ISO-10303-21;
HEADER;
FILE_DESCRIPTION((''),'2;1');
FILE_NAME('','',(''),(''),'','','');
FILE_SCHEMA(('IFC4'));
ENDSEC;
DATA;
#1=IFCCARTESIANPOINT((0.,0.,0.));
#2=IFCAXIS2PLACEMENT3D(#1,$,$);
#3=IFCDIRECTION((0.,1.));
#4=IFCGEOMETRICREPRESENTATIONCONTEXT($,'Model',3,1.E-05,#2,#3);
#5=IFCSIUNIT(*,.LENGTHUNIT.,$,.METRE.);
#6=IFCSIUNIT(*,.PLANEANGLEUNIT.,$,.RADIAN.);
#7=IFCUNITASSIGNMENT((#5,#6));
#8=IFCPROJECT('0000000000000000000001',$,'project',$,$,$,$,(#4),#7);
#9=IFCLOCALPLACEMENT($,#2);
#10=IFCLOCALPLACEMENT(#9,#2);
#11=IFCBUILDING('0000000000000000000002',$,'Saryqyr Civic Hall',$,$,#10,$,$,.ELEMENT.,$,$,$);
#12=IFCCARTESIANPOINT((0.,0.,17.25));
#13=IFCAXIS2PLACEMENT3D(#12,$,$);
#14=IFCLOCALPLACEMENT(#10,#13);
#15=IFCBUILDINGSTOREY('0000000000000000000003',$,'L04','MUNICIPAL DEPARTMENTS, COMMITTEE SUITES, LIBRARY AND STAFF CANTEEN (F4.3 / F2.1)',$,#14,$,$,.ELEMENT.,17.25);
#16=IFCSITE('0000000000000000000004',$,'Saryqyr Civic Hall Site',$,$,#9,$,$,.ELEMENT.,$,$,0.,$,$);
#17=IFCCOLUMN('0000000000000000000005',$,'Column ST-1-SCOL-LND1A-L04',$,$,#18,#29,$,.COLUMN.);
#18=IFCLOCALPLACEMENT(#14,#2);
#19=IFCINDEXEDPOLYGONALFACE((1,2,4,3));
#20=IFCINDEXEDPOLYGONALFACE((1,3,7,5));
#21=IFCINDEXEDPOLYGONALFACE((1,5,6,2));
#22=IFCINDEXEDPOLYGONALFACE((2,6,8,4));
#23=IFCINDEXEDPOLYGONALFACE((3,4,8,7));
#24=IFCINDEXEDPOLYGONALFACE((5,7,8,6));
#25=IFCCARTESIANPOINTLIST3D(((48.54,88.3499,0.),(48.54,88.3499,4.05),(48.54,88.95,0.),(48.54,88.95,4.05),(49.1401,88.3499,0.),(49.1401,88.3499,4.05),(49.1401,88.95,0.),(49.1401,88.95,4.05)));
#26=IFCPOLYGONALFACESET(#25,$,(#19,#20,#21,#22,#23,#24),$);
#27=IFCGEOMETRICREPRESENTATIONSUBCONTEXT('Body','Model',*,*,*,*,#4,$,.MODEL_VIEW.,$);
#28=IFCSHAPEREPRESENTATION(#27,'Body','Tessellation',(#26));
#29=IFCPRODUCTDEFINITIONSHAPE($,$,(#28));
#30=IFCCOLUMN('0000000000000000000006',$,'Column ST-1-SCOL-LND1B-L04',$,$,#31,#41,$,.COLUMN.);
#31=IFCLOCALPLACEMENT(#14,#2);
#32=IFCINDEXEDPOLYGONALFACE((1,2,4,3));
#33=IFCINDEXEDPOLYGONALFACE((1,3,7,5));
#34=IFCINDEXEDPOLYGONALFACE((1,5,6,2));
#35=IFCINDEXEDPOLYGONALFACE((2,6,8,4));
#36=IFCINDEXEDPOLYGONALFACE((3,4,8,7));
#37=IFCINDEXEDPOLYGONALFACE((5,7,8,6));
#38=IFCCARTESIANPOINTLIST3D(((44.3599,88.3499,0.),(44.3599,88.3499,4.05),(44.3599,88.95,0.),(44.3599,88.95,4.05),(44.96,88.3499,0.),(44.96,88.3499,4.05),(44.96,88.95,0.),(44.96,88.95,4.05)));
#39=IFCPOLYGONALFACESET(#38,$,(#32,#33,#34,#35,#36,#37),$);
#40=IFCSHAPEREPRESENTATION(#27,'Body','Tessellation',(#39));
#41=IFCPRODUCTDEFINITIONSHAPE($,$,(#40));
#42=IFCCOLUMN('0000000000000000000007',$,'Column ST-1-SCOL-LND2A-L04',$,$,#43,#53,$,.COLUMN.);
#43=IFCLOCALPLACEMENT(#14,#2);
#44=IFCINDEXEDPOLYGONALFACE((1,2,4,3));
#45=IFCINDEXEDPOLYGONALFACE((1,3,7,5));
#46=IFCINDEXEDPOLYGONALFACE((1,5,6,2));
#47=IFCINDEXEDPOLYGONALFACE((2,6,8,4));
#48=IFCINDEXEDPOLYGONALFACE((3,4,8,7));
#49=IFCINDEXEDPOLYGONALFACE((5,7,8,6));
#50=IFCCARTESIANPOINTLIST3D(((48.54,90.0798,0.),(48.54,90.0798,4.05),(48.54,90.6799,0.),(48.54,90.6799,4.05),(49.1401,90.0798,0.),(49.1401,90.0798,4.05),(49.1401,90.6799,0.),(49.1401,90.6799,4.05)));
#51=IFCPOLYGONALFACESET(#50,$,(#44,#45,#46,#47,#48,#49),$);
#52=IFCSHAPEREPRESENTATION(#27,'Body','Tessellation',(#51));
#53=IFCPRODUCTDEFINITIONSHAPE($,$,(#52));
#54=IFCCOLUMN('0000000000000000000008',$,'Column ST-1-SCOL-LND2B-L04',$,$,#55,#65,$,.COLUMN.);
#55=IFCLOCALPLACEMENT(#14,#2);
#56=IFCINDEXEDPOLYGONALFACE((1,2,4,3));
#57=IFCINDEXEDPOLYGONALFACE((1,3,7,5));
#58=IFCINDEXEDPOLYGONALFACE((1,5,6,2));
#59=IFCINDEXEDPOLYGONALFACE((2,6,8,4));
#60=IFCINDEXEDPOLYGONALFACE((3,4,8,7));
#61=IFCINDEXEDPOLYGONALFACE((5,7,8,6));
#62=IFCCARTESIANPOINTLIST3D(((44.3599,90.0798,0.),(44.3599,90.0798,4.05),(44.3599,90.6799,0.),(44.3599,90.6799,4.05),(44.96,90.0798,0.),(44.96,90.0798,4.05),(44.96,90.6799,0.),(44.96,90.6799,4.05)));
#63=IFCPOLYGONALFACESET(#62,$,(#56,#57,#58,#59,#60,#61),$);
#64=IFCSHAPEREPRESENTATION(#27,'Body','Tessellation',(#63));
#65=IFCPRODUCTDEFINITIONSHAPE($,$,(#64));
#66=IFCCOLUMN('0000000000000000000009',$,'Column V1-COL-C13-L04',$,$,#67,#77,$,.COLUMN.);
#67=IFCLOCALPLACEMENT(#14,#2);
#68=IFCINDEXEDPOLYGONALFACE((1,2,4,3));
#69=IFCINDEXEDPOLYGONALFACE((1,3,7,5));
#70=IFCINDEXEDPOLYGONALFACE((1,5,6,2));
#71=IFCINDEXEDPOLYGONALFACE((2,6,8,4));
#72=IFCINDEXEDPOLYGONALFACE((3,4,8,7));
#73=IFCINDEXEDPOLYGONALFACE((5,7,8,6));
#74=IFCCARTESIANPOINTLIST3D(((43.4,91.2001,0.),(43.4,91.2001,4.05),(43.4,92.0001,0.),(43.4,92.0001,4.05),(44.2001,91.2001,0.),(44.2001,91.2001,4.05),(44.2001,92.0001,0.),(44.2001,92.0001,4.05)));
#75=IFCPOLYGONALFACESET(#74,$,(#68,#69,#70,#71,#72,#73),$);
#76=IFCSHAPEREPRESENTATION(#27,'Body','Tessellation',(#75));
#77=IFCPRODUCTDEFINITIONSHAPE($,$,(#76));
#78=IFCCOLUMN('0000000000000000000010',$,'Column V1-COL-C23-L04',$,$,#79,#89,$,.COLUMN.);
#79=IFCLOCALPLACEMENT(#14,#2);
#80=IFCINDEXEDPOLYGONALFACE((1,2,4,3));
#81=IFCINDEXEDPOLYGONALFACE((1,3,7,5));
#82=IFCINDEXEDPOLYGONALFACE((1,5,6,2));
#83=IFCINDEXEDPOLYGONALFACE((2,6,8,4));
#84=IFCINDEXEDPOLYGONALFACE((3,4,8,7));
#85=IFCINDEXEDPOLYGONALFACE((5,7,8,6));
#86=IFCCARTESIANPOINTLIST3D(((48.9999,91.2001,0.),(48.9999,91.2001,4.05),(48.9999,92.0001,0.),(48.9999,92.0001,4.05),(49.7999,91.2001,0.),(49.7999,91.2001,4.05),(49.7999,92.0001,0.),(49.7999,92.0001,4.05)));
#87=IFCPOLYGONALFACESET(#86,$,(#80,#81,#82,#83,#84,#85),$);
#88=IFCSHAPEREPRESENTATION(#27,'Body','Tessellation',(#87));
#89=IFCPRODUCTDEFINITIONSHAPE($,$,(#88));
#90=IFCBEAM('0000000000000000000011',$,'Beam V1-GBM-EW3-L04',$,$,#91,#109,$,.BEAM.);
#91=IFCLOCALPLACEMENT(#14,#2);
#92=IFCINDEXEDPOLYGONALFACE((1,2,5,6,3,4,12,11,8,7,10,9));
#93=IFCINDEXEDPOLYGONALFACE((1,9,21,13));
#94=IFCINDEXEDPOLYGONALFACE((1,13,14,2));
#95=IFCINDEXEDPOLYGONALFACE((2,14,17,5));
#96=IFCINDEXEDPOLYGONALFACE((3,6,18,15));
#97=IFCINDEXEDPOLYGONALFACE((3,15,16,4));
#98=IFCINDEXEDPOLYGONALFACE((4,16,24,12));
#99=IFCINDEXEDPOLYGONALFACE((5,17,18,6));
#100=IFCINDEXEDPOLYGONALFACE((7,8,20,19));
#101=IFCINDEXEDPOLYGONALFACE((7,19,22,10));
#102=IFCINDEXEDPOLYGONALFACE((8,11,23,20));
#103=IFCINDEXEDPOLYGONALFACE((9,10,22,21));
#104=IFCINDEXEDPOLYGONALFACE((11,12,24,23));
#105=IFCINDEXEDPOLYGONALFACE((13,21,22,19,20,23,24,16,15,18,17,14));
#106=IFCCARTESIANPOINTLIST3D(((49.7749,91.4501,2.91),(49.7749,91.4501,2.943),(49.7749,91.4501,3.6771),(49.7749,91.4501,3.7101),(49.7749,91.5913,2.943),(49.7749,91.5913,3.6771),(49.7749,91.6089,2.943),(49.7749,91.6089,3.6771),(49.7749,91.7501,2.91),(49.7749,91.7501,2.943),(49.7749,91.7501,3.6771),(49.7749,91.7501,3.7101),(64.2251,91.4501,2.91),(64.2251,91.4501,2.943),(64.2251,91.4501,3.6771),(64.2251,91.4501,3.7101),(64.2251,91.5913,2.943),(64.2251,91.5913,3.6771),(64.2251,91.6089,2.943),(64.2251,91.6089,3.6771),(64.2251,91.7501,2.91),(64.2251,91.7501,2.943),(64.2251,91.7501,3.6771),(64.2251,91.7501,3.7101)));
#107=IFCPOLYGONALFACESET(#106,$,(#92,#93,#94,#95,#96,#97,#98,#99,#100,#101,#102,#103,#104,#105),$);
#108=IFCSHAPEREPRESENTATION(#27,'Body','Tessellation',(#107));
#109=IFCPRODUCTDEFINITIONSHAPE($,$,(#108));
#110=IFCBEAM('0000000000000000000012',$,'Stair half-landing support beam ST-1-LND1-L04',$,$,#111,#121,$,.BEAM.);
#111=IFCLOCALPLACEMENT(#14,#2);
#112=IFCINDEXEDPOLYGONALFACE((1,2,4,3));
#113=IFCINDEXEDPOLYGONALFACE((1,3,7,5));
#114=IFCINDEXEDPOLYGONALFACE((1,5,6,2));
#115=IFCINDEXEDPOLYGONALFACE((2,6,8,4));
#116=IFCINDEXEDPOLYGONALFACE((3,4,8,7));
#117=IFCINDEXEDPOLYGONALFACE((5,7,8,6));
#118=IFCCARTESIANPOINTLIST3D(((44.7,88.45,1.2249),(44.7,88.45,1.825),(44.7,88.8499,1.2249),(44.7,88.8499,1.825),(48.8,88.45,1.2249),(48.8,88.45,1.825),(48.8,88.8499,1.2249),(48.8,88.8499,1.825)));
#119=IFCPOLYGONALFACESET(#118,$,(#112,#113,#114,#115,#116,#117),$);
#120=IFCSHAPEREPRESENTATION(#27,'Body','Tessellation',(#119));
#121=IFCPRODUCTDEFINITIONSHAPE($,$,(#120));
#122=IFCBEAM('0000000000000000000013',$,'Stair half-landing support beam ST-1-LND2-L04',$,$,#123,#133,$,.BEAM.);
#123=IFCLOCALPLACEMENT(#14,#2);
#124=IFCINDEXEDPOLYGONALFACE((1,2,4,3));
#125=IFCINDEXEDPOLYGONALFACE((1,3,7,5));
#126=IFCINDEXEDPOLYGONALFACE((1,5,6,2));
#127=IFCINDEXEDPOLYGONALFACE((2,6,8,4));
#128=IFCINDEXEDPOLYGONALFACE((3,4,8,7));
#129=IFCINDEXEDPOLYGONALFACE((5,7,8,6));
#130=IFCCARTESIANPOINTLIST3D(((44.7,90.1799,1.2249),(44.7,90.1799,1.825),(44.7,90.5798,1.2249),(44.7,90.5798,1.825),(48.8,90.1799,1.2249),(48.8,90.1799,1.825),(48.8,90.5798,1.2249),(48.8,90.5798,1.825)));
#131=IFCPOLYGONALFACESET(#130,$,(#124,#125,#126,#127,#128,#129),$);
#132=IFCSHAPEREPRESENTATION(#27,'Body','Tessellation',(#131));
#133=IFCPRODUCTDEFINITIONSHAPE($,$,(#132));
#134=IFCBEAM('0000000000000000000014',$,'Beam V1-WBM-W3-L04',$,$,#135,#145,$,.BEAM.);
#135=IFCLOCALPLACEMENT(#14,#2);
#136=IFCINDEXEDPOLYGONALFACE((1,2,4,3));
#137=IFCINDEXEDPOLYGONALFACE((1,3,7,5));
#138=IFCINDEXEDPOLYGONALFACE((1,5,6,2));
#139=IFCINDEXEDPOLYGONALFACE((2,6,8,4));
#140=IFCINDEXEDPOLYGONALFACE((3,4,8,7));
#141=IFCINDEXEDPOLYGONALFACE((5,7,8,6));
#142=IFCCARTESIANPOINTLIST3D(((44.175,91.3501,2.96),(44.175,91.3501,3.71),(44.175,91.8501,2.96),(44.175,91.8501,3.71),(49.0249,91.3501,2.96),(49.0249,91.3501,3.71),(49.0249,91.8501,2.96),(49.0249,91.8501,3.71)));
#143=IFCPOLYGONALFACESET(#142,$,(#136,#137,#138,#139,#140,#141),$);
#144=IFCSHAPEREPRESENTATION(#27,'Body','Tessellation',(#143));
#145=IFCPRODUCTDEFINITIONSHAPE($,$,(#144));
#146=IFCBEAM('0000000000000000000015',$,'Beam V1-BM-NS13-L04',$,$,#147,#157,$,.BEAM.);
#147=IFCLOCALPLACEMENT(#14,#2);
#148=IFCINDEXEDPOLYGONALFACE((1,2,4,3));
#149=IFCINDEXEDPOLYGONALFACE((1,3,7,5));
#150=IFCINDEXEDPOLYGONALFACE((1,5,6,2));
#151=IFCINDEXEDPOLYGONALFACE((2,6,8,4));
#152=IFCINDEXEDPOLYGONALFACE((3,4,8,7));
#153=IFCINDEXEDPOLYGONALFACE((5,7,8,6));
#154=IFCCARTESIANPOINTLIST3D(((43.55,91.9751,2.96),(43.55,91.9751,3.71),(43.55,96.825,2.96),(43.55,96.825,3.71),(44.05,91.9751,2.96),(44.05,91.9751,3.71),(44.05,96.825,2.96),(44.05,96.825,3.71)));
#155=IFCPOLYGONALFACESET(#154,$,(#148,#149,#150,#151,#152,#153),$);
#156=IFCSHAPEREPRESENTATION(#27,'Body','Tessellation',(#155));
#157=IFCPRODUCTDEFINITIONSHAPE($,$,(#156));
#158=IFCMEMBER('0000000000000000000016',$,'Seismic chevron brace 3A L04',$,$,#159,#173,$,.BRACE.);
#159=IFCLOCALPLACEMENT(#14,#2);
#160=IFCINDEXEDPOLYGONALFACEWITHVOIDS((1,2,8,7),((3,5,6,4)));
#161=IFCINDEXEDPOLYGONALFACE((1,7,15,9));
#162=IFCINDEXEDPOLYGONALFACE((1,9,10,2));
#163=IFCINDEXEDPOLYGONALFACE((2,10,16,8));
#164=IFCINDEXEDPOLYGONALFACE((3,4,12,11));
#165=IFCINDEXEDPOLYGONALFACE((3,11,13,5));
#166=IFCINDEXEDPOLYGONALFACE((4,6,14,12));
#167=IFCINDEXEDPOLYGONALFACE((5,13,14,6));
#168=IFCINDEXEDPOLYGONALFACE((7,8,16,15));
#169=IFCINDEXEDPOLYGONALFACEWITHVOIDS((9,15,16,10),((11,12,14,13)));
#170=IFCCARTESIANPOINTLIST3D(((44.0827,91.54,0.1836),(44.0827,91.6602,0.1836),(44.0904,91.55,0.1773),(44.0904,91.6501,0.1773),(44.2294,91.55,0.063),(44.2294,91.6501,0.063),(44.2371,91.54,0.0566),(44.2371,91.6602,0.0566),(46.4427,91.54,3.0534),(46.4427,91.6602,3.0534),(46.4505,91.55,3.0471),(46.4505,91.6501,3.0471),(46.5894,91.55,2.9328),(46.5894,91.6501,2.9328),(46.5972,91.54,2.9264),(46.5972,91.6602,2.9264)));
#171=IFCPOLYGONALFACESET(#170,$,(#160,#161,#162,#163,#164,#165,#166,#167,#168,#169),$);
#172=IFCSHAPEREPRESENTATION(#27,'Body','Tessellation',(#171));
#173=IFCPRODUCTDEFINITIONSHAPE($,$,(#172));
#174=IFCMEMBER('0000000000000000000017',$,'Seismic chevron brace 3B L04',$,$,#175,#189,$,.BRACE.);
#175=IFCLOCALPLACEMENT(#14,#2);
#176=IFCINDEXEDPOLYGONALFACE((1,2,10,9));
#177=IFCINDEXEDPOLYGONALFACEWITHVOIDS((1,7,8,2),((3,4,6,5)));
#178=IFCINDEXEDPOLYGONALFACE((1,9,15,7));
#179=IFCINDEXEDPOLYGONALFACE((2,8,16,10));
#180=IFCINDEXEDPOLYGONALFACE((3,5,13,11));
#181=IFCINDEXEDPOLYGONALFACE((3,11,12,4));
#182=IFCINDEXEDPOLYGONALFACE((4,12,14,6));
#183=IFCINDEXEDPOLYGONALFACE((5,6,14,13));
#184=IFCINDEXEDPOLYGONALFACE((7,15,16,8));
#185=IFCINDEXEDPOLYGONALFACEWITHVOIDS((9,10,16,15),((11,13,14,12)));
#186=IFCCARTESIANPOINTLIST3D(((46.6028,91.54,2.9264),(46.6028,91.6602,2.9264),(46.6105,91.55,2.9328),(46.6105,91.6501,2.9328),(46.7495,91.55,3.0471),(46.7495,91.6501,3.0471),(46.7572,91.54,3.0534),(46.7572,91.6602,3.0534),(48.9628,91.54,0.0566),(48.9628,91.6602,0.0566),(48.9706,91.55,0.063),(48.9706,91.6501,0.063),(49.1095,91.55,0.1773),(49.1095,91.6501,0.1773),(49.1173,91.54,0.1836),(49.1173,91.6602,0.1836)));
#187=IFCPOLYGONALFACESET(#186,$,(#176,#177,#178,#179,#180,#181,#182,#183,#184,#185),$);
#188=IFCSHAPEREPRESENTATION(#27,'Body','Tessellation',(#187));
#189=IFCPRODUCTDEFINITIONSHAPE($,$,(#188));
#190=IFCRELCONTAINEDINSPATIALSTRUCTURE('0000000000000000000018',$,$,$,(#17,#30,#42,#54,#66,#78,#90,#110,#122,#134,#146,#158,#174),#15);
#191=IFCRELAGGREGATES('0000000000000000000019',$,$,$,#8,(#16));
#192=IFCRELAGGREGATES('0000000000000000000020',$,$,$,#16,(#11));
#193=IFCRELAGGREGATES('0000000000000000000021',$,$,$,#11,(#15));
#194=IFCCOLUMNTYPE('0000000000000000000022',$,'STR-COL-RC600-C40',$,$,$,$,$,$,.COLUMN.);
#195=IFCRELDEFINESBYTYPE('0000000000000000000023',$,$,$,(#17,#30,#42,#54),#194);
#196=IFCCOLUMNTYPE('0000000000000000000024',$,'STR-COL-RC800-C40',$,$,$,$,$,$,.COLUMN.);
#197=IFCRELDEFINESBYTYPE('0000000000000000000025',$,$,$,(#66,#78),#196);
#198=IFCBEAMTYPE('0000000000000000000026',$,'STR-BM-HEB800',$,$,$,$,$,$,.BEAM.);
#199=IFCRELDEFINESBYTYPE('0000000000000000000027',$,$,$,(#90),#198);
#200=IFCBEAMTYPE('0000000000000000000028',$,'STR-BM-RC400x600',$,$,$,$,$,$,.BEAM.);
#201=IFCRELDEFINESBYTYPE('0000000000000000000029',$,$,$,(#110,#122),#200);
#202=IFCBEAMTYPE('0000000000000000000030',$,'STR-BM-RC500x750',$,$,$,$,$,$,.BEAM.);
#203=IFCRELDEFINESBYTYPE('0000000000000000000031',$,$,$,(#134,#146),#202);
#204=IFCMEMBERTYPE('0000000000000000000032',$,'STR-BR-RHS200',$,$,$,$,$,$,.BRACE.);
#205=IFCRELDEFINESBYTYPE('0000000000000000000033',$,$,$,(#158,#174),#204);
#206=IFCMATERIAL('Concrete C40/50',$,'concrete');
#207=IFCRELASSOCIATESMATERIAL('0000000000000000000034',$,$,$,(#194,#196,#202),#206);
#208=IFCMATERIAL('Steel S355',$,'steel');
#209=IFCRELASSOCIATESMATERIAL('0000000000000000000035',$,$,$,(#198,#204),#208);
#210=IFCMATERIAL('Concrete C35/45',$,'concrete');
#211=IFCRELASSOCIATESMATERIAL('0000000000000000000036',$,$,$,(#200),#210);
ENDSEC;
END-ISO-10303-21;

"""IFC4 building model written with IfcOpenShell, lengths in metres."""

from ifc_helpers import new_model, si_unit, direction, frame, origin, origin_2d, place, context, subcontext, project, spatial, rectangle, hollow_rectangle, i_section, extrude, material, material_profile, profile_set, type_object, element, save


model = new_model("IFC4")

# Units and contexts
model_context = context("Model", 3, precision=1e-05, world=origin(), true_north=direction((0.0, 1.0)))
body_context = subcontext(model_context, "Body", "Model", "MODEL_VIEW")
ifc_project = project(units=[si_unit("LENGTHUNIT", "METRE"), si_unit("PLANEANGLEUNIT", "RADIAN")], contexts=[model_context])

# Site, building, storey
site_placement = place(None, origin())
site = spatial("IfcSite", under=ifc_project, at=site_placement, Name="Saryqyr Civic Hall Site", CompositionType="ELEMENT", RefElevation=0.0)
building_placement = place(site_placement, origin())
building = spatial("IfcBuilding", under=site, at=building_placement, Name="Saryqyr Civic Hall", CompositionType="ELEMENT")
storey_placement = place(building_placement, frame((0.0, 0.0, 17.25)))
storey = spatial("IfcBuildingStorey", under=building, at=storey_placement, Name="L04", Description="MUNICIPAL DEPARTMENTS, COMMITTEE SUITES, LIBRARY AND STAFF CANTEEN (F4.3 / F2.1)", CompositionType="ELEMENT", Elevation=17.25)

# Columns
ifc_material_1 = material(Name="Concrete C40/50", Category="concrete")
ifc_material_profile_1 = material_profile(ifc_material_1, rectangle(XDim=0.6001, YDim=0.6001, at=origin_2d()), Name="RC 600x600")
ifc_profile_set_1 = profile_set([ifc_material_profile_1], Name="Concrete C40/50")
column_type_1 = type_object("IfcColumnType", Name="STR-COL-RC600-C40", PredefinedType="COLUMN", material=ifc_profile_set_1)
for number, where, z_axis, x_axis, name in (
    (1, (48.8401, 88.6499, 0.0), (0.0, 0.0, 1.0), (1.0, 0.0, 0.0), "Column ST-1-SCOL-LND1A-L04"),
    (2, (44.6599, 88.6499, 0.0), (0.0, 0.0, 1.0), (1.0, 0.0, 0.0), "Column ST-1-SCOL-LND1B-L04"),
    (3, (48.8401, 90.3799, 0.0), (0.0, 0.0, 1.0), (1.0, 0.0, 0.0), "Column ST-1-SCOL-LND2A-L04"),
    (4, (44.6599, 90.3799, 0.0), (0.0, 0.0, 1.0), (1.0, 0.0, 0.0), "Column ST-1-SCOL-LND2B-L04"),
):
    element("IfcColumn", number, at=place(storey_placement, frame(where, z_axis=z_axis, x_axis=x_axis)), inside=storey, type_object=column_type_1, Name=name, PredefinedType="COLUMN", context=body_context, shape_type="SweptSolid", body=[
        extrude(rectangle(XDim=0.6001, YDim=0.6001, at=origin_2d()), origin(), (0.0, 0.0, 1.0), 4.05),
    ])
ifc_material_profile_2 = material_profile(ifc_material_1, rectangle(XDim=0.8, YDim=0.8, at=origin_2d()), Name="RC 800x800")
ifc_profile_set_2 = profile_set([ifc_material_profile_2], Name="Concrete C40/50")
column_type_2 = type_object("IfcColumnType", Name="STR-COL-RC800-C40", PredefinedType="COLUMN", material=ifc_profile_set_2)
for number, where, z_axis, x_axis, name in (
    (5, (43.8, 91.6001, 0.0), (0.0, 0.0, 1.0), (1.0, 0.0, 0.0), "Column V1-COL-C13-L04"),
    (6, (49.3999, 91.6001, 0.0), (0.0, 0.0, 1.0), (1.0, 0.0, 0.0), "Column V1-COL-C23-L04"),
):
    element("IfcColumn", number, at=place(storey_placement, frame(where, z_axis=z_axis, x_axis=x_axis)), inside=storey, type_object=column_type_2, Name=name, PredefinedType="COLUMN", context=body_context, shape_type="SweptSolid", body=[
        extrude(rectangle(XDim=0.8, YDim=0.8, at=origin_2d()), origin(), (0.0, 0.0, 1.0), 4.05),
    ])

# Beams
ifc_material_2 = material(Name="Steel S355", Category="steel")
ifc_material_profile_3 = material_profile(ifc_material_2, i_section(OverallWidth=0.3, OverallDepth=0.8, WebThickness=0.0176, FlangeThickness=0.033, at=origin_2d()), Name="HEB 800")
ifc_profile_set_3 = profile_set([ifc_material_profile_3], Name="Steel S355")
beam_type_1 = type_object("IfcBeamType", Name="STR-BM-HEB800", PredefinedType="BEAM", material=ifc_profile_set_3)
beam_1_placement = place(storey_placement, frame((49.7749, 91.6001, 3.3101), z_axis=(1.0, 0.0, 0.0), x_axis=(0.0, 1.0, 0.0)))
element("IfcBeam", 7, at=beam_1_placement, inside=storey, type_object=beam_type_1, Name="Beam V1-GBM-EW3-L04", PredefinedType="BEAM", context=body_context, shape_type="SweptSolid", body=[
    extrude(i_section(OverallWidth=0.3, OverallDepth=0.8, WebThickness=0.0176, FlangeThickness=0.033, at=origin_2d()), origin(), (0.0, 0.0, 1.0), 14.4502),
])
ifc_material_3 = material(Name="Concrete C35/45", Category="concrete")
ifc_material_profile_4 = material_profile(ifc_material_3, rectangle(XDim=0.3999, YDim=0.6001, at=origin_2d()), Name="RC 400x600")
ifc_profile_set_4 = profile_set([ifc_material_profile_4], Name="Concrete C35/45")
beam_type_2 = type_object("IfcBeamType", Name="STR-BM-RC400x600", PredefinedType="BEAM", material=ifc_profile_set_4)
for number, where, z_axis, x_axis, name in (
    (8, (48.8, 88.6499, 1.5249), (-1.0, 0.0, 0.0), (0.0, -1.0, 0.0), "Stair half-landing support beam ST-1-LND1-L04"),
    (9, (48.8, 90.3799, 1.5249), (-1.0, 0.0, 0.0), (0.0, -1.0, 0.0), "Stair half-landing support beam ST-1-LND2-L04"),
):
    element("IfcBeam", number, at=place(storey_placement, frame(where, z_axis=z_axis, x_axis=x_axis)), inside=storey, type_object=beam_type_2, Name=name, PredefinedType="BEAM", context=body_context, shape_type="SweptSolid", body=[
        extrude(rectangle(XDim=0.3999, YDim=0.6001, at=origin_2d()), origin(), (0.0, 0.0, 1.0), 4.1001),
    ])
ifc_material_profile_5 = material_profile(ifc_material_1, rectangle(XDim=0.5, YDim=0.75, at=origin_2d()), Name="RC 500x750")
ifc_profile_set_5 = profile_set([ifc_material_profile_5], Name="Concrete C40/50")
beam_type_3 = type_object("IfcBeamType", Name="STR-BM-RC500x750", PredefinedType="BEAM", material=ifc_profile_set_5)
for number, where, z_axis, x_axis, name in (
    (10, (44.175, 91.6001, 3.335), (1.0, 0.0, 0.0), (0.0, 1.0, 0.0), "Beam V1-WBM-W3-L04"),
    (11, (43.8, 91.9751, 3.335), (0.0, 1.0, 0.0), (-1.0, 0.0, 0.0), "Beam V1-BM-NS13-L04"),
):
    element("IfcBeam", number, at=place(storey_placement, frame(where, z_axis=z_axis, x_axis=x_axis)), inside=storey, type_object=beam_type_3, Name=name, PredefinedType="BEAM", context=body_context, shape_type="SweptSolid", body=[
        extrude(rectangle(XDim=0.5, YDim=0.75, at=origin_2d()), origin(), (0.0, 0.0, 1.0), 4.8499),
    ])

# Members
ifc_material_profile_6 = material_profile(ifc_material_2, hollow_rectangle(XDim=0.1201, YDim=0.2, WallThickness=0.01, at=origin_2d()), Name="RHS 200x120x10")
ifc_profile_set_6 = profile_set([ifc_material_profile_6], Name="Steel S355")
member_type = type_object("IfcMemberType", Name="STR-BR-RHS200", PredefinedType="BRACE", material=ifc_profile_set_6)
for number, where, z_axis, x_axis, name in (
    (12, (44.1599, 91.6001, 0.1201), (0.635175, 0.0, 0.772368), (0.0, 1.0, 0.0), "Seismic chevron brace 3A L04"),
    (13, (49.04, 91.6001, 0.1201), (-0.635175, 0.0, 0.772368), (0.0, -1.0, 0.0), "Seismic chevron brace 3B L04"),
):
    element("IfcMember", number, at=place(storey_placement, frame(where, z_axis=z_axis, x_axis=x_axis)), inside=storey, type_object=member_type, Name=name, PredefinedType="BRACE", context=body_context, shape_type="SweptSolid", body=[
        extrude(hollow_rectangle(XDim=0.1201, YDim=0.2, WallThickness=0.01, at=origin_2d()), origin(), (0.0, 0.0, 1.0), 3.7156),
    ])

save(model, "model.ifc")
